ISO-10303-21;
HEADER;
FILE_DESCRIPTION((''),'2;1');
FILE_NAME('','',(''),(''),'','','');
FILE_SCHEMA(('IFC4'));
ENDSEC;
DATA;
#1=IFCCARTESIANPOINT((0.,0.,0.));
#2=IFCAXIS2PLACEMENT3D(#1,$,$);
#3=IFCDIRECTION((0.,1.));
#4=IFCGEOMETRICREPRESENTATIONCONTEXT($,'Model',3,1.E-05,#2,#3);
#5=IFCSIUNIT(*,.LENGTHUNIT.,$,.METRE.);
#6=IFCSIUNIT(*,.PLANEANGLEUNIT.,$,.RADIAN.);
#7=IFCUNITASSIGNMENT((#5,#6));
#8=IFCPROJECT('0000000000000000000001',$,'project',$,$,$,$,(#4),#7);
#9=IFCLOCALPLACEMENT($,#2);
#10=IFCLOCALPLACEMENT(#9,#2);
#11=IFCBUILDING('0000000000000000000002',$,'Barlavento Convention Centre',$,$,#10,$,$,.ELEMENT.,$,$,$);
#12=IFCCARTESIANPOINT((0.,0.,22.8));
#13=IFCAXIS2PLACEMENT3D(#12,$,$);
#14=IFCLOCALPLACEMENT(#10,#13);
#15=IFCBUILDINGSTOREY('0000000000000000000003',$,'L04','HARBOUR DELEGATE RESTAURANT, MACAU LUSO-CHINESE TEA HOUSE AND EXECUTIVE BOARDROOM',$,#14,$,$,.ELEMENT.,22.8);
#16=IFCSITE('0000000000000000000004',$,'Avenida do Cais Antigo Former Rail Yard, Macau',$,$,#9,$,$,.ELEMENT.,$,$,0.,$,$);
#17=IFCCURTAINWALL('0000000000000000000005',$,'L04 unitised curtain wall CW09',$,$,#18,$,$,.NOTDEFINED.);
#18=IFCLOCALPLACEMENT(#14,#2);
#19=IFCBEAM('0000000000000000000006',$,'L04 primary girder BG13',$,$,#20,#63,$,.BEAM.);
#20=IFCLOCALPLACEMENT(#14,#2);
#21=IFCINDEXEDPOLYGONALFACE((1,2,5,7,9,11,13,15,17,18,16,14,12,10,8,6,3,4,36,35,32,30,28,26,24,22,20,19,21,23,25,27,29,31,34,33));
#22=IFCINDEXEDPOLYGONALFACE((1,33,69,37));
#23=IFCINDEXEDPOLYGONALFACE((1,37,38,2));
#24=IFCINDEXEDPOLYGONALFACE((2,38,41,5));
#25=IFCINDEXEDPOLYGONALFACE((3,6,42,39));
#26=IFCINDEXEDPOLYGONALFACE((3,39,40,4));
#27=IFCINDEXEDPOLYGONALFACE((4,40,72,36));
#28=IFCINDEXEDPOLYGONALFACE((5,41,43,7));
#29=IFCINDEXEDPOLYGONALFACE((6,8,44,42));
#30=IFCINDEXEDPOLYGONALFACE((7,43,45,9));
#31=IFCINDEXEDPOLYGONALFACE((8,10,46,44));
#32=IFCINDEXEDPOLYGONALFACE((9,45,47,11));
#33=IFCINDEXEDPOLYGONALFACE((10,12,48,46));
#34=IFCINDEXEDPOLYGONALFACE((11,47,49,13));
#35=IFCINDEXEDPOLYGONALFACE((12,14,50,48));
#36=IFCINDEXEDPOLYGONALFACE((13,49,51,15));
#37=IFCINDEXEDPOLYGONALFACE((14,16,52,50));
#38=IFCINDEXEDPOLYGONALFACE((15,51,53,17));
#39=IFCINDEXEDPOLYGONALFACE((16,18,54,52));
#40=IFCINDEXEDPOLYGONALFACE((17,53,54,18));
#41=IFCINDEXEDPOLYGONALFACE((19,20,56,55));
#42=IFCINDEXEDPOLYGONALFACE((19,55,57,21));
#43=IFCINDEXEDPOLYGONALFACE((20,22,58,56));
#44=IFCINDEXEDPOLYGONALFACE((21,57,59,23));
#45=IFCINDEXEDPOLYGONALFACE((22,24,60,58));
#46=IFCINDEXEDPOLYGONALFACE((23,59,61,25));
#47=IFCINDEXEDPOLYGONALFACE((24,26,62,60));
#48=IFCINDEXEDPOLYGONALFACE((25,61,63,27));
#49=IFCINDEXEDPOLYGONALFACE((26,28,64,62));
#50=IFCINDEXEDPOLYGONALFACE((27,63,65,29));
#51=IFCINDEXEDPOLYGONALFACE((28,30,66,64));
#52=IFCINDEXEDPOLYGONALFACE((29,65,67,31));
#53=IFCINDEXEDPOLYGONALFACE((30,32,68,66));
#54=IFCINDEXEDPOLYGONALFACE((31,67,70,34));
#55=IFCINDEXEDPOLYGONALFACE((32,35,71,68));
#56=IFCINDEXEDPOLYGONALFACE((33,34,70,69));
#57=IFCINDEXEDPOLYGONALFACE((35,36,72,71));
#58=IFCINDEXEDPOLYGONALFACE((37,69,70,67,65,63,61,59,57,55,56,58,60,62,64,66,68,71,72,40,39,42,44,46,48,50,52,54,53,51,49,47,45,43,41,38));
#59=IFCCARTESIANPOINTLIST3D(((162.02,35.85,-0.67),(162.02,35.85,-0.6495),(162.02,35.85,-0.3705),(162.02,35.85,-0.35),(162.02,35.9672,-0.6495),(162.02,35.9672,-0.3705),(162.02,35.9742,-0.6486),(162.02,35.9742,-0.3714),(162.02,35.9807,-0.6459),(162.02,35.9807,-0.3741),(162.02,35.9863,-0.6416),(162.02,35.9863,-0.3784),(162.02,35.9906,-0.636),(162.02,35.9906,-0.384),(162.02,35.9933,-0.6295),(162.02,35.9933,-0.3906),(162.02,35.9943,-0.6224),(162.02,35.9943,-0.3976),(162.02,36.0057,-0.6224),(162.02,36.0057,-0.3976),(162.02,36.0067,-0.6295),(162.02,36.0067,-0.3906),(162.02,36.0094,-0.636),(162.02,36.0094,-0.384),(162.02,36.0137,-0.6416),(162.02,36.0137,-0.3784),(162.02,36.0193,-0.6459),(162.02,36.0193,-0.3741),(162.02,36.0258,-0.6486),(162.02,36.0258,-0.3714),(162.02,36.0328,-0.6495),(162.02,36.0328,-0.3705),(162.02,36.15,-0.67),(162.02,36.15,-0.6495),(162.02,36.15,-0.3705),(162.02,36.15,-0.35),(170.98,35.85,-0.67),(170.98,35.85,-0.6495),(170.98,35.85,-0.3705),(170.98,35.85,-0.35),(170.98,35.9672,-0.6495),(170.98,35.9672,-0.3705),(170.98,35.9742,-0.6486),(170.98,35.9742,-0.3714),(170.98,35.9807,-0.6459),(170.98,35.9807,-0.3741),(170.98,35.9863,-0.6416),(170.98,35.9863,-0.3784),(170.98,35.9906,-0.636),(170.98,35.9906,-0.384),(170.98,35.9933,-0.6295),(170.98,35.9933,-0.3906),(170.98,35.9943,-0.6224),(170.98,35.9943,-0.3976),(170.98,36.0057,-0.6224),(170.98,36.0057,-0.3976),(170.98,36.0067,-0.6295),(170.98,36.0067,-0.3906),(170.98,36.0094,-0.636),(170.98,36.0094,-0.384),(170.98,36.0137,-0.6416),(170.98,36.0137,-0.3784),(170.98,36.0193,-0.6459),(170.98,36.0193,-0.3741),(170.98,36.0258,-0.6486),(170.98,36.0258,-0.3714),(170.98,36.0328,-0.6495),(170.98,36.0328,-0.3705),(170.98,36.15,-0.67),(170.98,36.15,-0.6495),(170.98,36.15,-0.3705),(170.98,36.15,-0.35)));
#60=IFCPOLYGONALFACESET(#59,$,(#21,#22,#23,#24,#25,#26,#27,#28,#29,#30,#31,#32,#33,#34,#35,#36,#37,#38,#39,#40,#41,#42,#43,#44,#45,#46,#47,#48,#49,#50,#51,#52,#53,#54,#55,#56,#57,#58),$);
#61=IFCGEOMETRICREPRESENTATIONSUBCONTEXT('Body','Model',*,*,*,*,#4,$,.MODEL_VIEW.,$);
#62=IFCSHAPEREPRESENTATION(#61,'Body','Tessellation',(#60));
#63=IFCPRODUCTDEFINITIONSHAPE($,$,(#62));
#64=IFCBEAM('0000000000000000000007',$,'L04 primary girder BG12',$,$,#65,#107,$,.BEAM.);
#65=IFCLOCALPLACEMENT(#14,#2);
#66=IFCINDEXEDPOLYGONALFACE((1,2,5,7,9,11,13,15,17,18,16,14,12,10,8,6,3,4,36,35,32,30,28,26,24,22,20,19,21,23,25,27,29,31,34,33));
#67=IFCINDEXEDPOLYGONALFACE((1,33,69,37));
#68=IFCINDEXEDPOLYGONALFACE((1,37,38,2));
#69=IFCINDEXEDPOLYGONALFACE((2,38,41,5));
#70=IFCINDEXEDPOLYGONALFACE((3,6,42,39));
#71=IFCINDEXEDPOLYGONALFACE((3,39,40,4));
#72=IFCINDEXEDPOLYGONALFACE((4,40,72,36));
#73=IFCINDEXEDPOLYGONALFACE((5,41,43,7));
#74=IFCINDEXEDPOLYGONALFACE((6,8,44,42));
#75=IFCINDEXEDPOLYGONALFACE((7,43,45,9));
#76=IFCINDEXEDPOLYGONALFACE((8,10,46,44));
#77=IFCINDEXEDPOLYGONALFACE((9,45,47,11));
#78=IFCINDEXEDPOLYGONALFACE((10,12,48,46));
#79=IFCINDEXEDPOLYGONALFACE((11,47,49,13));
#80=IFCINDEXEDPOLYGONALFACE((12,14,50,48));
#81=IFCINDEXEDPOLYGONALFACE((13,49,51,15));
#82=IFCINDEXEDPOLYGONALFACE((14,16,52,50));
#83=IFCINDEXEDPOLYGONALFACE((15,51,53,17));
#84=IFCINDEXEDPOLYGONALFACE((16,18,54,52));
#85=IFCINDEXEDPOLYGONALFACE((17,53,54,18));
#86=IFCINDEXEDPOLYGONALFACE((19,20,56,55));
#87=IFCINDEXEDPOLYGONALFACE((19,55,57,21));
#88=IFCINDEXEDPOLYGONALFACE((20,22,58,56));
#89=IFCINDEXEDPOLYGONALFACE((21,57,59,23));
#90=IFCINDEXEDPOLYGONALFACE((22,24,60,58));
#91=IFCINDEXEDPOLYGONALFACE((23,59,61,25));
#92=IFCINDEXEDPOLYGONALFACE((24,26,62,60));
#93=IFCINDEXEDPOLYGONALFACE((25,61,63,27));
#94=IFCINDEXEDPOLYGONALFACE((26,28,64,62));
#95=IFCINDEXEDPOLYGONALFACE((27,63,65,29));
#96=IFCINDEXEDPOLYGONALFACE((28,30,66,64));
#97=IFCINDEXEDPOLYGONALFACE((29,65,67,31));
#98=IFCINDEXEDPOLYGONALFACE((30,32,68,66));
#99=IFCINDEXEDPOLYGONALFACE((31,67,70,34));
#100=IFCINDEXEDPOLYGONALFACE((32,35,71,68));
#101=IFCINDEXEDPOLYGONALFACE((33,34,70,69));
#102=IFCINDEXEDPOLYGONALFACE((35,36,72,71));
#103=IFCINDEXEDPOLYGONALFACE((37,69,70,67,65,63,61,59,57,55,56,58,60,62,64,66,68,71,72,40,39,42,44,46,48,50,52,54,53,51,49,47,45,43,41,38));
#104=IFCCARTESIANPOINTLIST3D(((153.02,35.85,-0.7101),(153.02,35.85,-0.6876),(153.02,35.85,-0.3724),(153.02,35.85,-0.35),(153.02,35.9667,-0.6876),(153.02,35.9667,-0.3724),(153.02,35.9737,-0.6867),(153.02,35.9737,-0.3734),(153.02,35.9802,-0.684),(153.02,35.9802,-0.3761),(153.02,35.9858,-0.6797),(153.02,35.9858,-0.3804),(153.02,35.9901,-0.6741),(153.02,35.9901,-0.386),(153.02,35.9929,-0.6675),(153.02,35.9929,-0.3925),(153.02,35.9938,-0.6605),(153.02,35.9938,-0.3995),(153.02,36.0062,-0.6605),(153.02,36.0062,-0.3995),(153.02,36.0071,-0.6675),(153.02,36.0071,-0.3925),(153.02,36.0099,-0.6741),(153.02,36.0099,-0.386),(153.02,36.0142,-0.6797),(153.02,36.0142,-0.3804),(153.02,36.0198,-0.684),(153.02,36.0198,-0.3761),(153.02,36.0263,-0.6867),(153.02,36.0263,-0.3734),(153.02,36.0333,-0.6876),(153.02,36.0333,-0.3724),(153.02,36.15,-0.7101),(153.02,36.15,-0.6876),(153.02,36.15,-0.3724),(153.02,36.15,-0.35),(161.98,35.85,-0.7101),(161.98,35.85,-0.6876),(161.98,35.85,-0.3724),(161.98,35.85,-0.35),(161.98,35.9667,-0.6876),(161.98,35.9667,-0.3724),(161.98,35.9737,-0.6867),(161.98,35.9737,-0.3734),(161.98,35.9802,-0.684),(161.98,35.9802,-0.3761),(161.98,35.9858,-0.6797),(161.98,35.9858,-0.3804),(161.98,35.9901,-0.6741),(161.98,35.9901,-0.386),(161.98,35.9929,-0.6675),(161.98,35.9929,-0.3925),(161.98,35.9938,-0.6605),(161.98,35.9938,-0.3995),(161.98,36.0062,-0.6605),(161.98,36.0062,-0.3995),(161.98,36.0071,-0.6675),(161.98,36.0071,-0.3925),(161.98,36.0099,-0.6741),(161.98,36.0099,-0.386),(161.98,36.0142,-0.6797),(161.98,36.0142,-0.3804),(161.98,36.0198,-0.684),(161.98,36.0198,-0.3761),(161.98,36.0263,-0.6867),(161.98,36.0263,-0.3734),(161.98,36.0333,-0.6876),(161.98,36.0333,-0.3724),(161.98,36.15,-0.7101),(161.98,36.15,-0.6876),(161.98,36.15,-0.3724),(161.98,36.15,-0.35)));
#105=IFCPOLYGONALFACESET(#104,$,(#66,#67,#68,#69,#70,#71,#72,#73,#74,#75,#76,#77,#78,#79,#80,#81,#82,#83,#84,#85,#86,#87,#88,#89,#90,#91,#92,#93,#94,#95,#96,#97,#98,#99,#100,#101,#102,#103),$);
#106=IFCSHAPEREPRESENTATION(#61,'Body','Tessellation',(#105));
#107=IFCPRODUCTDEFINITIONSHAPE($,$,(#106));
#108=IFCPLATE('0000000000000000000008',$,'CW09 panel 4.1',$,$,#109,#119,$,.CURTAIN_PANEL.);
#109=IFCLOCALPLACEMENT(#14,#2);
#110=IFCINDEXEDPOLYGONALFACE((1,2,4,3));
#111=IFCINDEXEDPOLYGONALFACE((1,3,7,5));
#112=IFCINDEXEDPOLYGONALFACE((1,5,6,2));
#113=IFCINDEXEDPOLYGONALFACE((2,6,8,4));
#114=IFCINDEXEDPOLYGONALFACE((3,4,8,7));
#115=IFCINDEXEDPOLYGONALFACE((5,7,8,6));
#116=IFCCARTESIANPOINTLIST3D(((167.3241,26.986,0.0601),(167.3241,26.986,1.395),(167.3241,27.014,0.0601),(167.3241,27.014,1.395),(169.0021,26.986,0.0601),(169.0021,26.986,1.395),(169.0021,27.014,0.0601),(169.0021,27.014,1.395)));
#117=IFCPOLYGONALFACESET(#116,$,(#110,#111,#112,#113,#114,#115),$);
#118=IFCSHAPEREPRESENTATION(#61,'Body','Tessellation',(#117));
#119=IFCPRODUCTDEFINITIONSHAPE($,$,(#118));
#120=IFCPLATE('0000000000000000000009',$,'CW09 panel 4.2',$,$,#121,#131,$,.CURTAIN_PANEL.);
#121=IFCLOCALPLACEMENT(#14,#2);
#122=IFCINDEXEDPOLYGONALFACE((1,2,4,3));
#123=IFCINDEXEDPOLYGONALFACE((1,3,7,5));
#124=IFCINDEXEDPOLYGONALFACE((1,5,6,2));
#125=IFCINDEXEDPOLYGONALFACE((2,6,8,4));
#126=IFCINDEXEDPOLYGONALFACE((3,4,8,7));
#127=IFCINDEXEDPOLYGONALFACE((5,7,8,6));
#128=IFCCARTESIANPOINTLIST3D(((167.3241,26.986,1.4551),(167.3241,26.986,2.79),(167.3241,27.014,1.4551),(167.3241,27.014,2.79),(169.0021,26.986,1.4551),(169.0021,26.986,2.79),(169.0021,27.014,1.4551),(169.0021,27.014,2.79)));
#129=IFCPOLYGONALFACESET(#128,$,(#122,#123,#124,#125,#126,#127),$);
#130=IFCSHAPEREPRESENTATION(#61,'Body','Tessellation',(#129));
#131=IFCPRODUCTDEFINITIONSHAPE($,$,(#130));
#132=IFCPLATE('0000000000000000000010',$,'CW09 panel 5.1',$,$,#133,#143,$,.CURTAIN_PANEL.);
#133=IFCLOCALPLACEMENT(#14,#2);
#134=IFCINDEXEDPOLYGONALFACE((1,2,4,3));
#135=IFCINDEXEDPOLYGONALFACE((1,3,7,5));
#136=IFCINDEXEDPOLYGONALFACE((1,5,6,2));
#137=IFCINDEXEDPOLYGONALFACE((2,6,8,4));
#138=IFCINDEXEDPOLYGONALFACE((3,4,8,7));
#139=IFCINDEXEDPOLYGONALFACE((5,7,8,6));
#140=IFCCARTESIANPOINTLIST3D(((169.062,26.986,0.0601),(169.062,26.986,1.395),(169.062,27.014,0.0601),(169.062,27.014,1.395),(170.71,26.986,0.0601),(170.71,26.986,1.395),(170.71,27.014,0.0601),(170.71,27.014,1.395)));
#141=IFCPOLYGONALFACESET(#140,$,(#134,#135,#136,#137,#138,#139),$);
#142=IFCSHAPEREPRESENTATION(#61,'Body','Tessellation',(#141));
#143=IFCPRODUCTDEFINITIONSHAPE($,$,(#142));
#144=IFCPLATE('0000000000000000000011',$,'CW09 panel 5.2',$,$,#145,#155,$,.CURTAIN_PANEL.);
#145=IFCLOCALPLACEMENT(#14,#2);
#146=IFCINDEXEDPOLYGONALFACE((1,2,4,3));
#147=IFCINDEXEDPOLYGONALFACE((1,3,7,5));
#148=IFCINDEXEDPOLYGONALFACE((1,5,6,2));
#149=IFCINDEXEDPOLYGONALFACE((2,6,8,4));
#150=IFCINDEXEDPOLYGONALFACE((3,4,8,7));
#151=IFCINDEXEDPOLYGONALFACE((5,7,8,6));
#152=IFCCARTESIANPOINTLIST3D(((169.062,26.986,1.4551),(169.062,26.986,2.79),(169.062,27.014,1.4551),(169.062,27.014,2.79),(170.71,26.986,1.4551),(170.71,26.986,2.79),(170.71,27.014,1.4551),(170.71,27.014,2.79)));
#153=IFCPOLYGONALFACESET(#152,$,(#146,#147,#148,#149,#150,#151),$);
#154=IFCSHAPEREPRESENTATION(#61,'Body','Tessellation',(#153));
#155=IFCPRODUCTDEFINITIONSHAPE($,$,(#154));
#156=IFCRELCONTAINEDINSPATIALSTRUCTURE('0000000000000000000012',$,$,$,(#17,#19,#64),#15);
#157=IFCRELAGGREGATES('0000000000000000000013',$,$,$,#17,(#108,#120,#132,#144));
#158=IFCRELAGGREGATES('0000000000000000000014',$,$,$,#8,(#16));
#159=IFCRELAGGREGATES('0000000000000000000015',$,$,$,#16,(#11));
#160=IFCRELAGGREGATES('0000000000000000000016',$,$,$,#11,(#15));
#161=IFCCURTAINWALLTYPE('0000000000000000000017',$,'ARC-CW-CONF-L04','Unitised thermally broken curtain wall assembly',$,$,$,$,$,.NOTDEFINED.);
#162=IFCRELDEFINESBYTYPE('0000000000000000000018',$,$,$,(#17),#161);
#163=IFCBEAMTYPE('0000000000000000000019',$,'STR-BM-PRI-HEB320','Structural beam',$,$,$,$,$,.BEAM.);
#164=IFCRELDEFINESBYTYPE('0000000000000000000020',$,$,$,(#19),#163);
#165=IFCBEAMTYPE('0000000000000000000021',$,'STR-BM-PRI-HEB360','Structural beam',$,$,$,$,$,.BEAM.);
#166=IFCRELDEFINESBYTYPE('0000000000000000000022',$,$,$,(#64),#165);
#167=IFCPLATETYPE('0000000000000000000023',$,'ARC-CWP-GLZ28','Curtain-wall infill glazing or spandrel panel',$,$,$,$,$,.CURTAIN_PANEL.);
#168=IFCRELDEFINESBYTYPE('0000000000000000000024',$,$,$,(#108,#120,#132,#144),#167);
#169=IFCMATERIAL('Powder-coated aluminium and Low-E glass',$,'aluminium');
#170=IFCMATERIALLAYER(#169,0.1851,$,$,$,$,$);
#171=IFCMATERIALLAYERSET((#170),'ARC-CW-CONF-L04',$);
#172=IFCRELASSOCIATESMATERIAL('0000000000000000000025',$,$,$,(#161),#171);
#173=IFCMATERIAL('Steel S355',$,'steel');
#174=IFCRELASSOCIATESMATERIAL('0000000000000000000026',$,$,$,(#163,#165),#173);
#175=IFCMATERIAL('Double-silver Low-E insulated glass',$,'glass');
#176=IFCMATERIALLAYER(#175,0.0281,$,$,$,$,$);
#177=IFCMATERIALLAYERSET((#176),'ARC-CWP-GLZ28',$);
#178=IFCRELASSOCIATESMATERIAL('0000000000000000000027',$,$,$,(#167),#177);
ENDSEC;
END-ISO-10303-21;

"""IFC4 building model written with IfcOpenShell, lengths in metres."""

from ifc_helpers import new_model, si_unit, direction, frame, origin, origin_2d, place, context, subcontext, project, spatial, rectangle, i_section, extrude, material, layer, layer_set, material_profile, profile_set, type_object, element, aggregate, save


model = new_model("IFC4")

# Units and contexts
model_context = context("Model", 3, precision=1e-05, world=origin(), true_north=direction((0.0, 1.0)))
body_context = subcontext(model_context, "Body", "Model", "MODEL_VIEW")
ifc_project = project(units=[si_unit("LENGTHUNIT", "METRE"), si_unit("PLANEANGLEUNIT", "RADIAN")], contexts=[model_context])

# Site, building, storey
site_placement = place(None, origin())
site = spatial("IfcSite", under=ifc_project, at=site_placement, Name="Avenida do Cais Antigo Former Rail Yard, Macau", CompositionType="ELEMENT", RefElevation=0.0)
building_placement = place(site_placement, origin())
building = spatial("IfcBuilding", under=site, at=building_placement, Name="Barlavento Convention Centre", CompositionType="ELEMENT")
storey_placement = place(building_placement, frame((0.0, 0.0, 22.8)))
storey = spatial("IfcBuildingStorey", under=building, at=storey_placement, Name="L04", Description="HARBOUR DELEGATE RESTAURANT, MACAU LUSO-CHINESE TEA HOUSE AND EXECUTIVE BOARDROOM", CompositionType="ELEMENT", Elevation=22.8)

# Shared definitions
ifc_material_1 = material(Name="Steel S355", Category="steel")

# Curtain wall
ifc_material_2 = material(Name="Powder-coated aluminium and Low-E glass", Category="aluminium")
ifc_layer_1 = layer(ifc_material_2, 0.1851)
ifc_layer_set_1 = layer_set([ifc_layer_1], Name="ARC-CW-CONF-L04")
curtain_wall_type = type_object("IfcCurtainWallType", Name="ARC-CW-CONF-L04", Description="Unitised thermally broken curtain wall assembly", PredefinedType="NOTDEFINED", material=ifc_layer_set_1)
curtain_wall_placement = place(storey_placement, origin())
curtain_wall = element("IfcCurtainWall", 1, at=curtain_wall_placement, inside=storey, type_object=curtain_wall_type, Name="L04 unitised curtain wall CW09", PredefinedType="NOTDEFINED")

# Beams
ifc_material_profile_1 = material_profile(ifc_material_1, i_section(OverallWidth=0.3, OverallDepth=0.3201, WebThickness=0.0115, FlangeThickness=0.0205, FilletRadius=0.0271, at=origin_2d()), Name="HEB 320")
ifc_profile_set_1 = profile_set([ifc_material_profile_1], Name="Steel S355")
beam_type_1 = type_object("IfcBeamType", Name="STR-BM-PRI-HEB320", Description="Structural beam", PredefinedType="BEAM", material=ifc_profile_set_1)
beam_1_placement = place(storey_placement, frame((162.02, 36.0, -0.51), z_axis=(1.0, 0.0, 0.0), x_axis=(0.0, 1.0, 0.0)))
element("IfcBeam", 2, at=beam_1_placement, inside=storey, type_object=beam_type_1, Name="L04 primary girder BG13", PredefinedType="BEAM", context=body_context, shape_type="SweptSolid", body=[
    extrude(i_section(OverallWidth=0.3, OverallDepth=0.3201, WebThickness=0.0115, FlangeThickness=0.0205, FilletRadius=0.0271, at=origin_2d()), origin(), (0.0, 0.0, 1.0), 8.96),
])
ifc_material_profile_2 = material_profile(ifc_material_1, i_section(OverallWidth=0.3, OverallDepth=0.3601, WebThickness=0.0125, FlangeThickness=0.0225, FilletRadius=0.0271, at=origin_2d()), Name="HEB 360")
ifc_profile_set_2 = profile_set([ifc_material_profile_2], Name="Steel S355")
beam_type_2 = type_object("IfcBeamType", Name="STR-BM-PRI-HEB360", Description="Structural beam", PredefinedType="BEAM", material=ifc_profile_set_2)
beam_2_placement = place(storey_placement, frame((153.02, 36.0, -0.53), z_axis=(1.0, 0.0, 0.0), x_axis=(0.0, 1.0, 0.0)))
element("IfcBeam", 3, at=beam_2_placement, inside=storey, type_object=beam_type_2, Name="L04 primary girder BG12", PredefinedType="BEAM", context=body_context, shape_type="SweptSolid", body=[
    extrude(i_section(OverallWidth=0.3, OverallDepth=0.3601, WebThickness=0.0125, FlangeThickness=0.0225, FilletRadius=0.0271, at=origin_2d()), origin(), (0.0, 0.0, 1.0), 8.96),
])

# Plates
ifc_material_3 = material(Name="Double-silver Low-E insulated glass", Category="glass")
ifc_layer_2 = layer(ifc_material_3, 0.0281)
ifc_layer_set_2 = layer_set([ifc_layer_2], Name="ARC-CWP-GLZ28")
plate_type = type_object("IfcPlateType", Name="ARC-CWP-GLZ28", Description="Curtain-wall infill glazing or spandrel panel", PredefinedType="CURTAIN_PANEL", material=ifc_layer_set_2)
plate_1_placement = place(storey_placement, frame((168.1631, 27.0, 0.0601), z_axis=(0.0, 0.0, 1.0), x_axis=(1.0, 0.0, 0.0)))
plate_1 = element("IfcPlate", 4, at=plate_1_placement, type_object=plate_type, Name="CW09 panel 4.1", PredefinedType="CURTAIN_PANEL", context=body_context, shape_type="SweptSolid", body=[
    extrude(rectangle(XDim=1.678, YDim=0.0281, at=origin_2d()), origin(), (0.0, 0.0, 1.0), 1.335),
])
plate_2_placement = place(storey_placement, frame((168.1631, 27.0, 1.4551), z_axis=(0.0, 0.0, 1.0), x_axis=(1.0, 0.0, 0.0)))
plate_2 = element("IfcPlate", 5, at=plate_2_placement, type_object=plate_type, Name="CW09 panel 4.2", PredefinedType="CURTAIN_PANEL", context=body_context, shape_type="SweptSolid", body=[
    extrude(rectangle(XDim=1.678, YDim=0.0281, at=origin_2d()), origin(), (0.0, 0.0, 1.0), 1.335),
])
plate_3_placement = place(storey_placement, frame((169.886, 27.0, 0.0601), z_axis=(0.0, 0.0, 1.0), x_axis=(1.0, 0.0, 0.0)))
plate_3 = element("IfcPlate", 6, at=plate_3_placement, type_object=plate_type, Name="CW09 panel 5.1", PredefinedType="CURTAIN_PANEL", context=body_context, shape_type="SweptSolid", body=[
    extrude(rectangle(XDim=1.6479, YDim=0.0281, at=origin_2d()), origin(), (0.0, 0.0, 1.0), 1.335),
])
plate_4_placement = place(storey_placement, frame((169.886, 27.0, 1.4551), z_axis=(0.0, 0.0, 1.0), x_axis=(1.0, 0.0, 0.0)))
plate_4 = element("IfcPlate", 7, at=plate_4_placement, type_object=plate_type, Name="CW09 panel 5.2", PredefinedType="CURTAIN_PANEL", context=body_context, shape_type="SweptSolid", body=[
    extrude(rectangle(XDim=1.6479, YDim=0.0281, at=origin_2d()), origin(), (0.0, 0.0, 1.0), 1.335),
])
aggregate(curtain_wall, [plate_1, plate_2, plate_3, plate_4])

save(model, "model.ifc")
